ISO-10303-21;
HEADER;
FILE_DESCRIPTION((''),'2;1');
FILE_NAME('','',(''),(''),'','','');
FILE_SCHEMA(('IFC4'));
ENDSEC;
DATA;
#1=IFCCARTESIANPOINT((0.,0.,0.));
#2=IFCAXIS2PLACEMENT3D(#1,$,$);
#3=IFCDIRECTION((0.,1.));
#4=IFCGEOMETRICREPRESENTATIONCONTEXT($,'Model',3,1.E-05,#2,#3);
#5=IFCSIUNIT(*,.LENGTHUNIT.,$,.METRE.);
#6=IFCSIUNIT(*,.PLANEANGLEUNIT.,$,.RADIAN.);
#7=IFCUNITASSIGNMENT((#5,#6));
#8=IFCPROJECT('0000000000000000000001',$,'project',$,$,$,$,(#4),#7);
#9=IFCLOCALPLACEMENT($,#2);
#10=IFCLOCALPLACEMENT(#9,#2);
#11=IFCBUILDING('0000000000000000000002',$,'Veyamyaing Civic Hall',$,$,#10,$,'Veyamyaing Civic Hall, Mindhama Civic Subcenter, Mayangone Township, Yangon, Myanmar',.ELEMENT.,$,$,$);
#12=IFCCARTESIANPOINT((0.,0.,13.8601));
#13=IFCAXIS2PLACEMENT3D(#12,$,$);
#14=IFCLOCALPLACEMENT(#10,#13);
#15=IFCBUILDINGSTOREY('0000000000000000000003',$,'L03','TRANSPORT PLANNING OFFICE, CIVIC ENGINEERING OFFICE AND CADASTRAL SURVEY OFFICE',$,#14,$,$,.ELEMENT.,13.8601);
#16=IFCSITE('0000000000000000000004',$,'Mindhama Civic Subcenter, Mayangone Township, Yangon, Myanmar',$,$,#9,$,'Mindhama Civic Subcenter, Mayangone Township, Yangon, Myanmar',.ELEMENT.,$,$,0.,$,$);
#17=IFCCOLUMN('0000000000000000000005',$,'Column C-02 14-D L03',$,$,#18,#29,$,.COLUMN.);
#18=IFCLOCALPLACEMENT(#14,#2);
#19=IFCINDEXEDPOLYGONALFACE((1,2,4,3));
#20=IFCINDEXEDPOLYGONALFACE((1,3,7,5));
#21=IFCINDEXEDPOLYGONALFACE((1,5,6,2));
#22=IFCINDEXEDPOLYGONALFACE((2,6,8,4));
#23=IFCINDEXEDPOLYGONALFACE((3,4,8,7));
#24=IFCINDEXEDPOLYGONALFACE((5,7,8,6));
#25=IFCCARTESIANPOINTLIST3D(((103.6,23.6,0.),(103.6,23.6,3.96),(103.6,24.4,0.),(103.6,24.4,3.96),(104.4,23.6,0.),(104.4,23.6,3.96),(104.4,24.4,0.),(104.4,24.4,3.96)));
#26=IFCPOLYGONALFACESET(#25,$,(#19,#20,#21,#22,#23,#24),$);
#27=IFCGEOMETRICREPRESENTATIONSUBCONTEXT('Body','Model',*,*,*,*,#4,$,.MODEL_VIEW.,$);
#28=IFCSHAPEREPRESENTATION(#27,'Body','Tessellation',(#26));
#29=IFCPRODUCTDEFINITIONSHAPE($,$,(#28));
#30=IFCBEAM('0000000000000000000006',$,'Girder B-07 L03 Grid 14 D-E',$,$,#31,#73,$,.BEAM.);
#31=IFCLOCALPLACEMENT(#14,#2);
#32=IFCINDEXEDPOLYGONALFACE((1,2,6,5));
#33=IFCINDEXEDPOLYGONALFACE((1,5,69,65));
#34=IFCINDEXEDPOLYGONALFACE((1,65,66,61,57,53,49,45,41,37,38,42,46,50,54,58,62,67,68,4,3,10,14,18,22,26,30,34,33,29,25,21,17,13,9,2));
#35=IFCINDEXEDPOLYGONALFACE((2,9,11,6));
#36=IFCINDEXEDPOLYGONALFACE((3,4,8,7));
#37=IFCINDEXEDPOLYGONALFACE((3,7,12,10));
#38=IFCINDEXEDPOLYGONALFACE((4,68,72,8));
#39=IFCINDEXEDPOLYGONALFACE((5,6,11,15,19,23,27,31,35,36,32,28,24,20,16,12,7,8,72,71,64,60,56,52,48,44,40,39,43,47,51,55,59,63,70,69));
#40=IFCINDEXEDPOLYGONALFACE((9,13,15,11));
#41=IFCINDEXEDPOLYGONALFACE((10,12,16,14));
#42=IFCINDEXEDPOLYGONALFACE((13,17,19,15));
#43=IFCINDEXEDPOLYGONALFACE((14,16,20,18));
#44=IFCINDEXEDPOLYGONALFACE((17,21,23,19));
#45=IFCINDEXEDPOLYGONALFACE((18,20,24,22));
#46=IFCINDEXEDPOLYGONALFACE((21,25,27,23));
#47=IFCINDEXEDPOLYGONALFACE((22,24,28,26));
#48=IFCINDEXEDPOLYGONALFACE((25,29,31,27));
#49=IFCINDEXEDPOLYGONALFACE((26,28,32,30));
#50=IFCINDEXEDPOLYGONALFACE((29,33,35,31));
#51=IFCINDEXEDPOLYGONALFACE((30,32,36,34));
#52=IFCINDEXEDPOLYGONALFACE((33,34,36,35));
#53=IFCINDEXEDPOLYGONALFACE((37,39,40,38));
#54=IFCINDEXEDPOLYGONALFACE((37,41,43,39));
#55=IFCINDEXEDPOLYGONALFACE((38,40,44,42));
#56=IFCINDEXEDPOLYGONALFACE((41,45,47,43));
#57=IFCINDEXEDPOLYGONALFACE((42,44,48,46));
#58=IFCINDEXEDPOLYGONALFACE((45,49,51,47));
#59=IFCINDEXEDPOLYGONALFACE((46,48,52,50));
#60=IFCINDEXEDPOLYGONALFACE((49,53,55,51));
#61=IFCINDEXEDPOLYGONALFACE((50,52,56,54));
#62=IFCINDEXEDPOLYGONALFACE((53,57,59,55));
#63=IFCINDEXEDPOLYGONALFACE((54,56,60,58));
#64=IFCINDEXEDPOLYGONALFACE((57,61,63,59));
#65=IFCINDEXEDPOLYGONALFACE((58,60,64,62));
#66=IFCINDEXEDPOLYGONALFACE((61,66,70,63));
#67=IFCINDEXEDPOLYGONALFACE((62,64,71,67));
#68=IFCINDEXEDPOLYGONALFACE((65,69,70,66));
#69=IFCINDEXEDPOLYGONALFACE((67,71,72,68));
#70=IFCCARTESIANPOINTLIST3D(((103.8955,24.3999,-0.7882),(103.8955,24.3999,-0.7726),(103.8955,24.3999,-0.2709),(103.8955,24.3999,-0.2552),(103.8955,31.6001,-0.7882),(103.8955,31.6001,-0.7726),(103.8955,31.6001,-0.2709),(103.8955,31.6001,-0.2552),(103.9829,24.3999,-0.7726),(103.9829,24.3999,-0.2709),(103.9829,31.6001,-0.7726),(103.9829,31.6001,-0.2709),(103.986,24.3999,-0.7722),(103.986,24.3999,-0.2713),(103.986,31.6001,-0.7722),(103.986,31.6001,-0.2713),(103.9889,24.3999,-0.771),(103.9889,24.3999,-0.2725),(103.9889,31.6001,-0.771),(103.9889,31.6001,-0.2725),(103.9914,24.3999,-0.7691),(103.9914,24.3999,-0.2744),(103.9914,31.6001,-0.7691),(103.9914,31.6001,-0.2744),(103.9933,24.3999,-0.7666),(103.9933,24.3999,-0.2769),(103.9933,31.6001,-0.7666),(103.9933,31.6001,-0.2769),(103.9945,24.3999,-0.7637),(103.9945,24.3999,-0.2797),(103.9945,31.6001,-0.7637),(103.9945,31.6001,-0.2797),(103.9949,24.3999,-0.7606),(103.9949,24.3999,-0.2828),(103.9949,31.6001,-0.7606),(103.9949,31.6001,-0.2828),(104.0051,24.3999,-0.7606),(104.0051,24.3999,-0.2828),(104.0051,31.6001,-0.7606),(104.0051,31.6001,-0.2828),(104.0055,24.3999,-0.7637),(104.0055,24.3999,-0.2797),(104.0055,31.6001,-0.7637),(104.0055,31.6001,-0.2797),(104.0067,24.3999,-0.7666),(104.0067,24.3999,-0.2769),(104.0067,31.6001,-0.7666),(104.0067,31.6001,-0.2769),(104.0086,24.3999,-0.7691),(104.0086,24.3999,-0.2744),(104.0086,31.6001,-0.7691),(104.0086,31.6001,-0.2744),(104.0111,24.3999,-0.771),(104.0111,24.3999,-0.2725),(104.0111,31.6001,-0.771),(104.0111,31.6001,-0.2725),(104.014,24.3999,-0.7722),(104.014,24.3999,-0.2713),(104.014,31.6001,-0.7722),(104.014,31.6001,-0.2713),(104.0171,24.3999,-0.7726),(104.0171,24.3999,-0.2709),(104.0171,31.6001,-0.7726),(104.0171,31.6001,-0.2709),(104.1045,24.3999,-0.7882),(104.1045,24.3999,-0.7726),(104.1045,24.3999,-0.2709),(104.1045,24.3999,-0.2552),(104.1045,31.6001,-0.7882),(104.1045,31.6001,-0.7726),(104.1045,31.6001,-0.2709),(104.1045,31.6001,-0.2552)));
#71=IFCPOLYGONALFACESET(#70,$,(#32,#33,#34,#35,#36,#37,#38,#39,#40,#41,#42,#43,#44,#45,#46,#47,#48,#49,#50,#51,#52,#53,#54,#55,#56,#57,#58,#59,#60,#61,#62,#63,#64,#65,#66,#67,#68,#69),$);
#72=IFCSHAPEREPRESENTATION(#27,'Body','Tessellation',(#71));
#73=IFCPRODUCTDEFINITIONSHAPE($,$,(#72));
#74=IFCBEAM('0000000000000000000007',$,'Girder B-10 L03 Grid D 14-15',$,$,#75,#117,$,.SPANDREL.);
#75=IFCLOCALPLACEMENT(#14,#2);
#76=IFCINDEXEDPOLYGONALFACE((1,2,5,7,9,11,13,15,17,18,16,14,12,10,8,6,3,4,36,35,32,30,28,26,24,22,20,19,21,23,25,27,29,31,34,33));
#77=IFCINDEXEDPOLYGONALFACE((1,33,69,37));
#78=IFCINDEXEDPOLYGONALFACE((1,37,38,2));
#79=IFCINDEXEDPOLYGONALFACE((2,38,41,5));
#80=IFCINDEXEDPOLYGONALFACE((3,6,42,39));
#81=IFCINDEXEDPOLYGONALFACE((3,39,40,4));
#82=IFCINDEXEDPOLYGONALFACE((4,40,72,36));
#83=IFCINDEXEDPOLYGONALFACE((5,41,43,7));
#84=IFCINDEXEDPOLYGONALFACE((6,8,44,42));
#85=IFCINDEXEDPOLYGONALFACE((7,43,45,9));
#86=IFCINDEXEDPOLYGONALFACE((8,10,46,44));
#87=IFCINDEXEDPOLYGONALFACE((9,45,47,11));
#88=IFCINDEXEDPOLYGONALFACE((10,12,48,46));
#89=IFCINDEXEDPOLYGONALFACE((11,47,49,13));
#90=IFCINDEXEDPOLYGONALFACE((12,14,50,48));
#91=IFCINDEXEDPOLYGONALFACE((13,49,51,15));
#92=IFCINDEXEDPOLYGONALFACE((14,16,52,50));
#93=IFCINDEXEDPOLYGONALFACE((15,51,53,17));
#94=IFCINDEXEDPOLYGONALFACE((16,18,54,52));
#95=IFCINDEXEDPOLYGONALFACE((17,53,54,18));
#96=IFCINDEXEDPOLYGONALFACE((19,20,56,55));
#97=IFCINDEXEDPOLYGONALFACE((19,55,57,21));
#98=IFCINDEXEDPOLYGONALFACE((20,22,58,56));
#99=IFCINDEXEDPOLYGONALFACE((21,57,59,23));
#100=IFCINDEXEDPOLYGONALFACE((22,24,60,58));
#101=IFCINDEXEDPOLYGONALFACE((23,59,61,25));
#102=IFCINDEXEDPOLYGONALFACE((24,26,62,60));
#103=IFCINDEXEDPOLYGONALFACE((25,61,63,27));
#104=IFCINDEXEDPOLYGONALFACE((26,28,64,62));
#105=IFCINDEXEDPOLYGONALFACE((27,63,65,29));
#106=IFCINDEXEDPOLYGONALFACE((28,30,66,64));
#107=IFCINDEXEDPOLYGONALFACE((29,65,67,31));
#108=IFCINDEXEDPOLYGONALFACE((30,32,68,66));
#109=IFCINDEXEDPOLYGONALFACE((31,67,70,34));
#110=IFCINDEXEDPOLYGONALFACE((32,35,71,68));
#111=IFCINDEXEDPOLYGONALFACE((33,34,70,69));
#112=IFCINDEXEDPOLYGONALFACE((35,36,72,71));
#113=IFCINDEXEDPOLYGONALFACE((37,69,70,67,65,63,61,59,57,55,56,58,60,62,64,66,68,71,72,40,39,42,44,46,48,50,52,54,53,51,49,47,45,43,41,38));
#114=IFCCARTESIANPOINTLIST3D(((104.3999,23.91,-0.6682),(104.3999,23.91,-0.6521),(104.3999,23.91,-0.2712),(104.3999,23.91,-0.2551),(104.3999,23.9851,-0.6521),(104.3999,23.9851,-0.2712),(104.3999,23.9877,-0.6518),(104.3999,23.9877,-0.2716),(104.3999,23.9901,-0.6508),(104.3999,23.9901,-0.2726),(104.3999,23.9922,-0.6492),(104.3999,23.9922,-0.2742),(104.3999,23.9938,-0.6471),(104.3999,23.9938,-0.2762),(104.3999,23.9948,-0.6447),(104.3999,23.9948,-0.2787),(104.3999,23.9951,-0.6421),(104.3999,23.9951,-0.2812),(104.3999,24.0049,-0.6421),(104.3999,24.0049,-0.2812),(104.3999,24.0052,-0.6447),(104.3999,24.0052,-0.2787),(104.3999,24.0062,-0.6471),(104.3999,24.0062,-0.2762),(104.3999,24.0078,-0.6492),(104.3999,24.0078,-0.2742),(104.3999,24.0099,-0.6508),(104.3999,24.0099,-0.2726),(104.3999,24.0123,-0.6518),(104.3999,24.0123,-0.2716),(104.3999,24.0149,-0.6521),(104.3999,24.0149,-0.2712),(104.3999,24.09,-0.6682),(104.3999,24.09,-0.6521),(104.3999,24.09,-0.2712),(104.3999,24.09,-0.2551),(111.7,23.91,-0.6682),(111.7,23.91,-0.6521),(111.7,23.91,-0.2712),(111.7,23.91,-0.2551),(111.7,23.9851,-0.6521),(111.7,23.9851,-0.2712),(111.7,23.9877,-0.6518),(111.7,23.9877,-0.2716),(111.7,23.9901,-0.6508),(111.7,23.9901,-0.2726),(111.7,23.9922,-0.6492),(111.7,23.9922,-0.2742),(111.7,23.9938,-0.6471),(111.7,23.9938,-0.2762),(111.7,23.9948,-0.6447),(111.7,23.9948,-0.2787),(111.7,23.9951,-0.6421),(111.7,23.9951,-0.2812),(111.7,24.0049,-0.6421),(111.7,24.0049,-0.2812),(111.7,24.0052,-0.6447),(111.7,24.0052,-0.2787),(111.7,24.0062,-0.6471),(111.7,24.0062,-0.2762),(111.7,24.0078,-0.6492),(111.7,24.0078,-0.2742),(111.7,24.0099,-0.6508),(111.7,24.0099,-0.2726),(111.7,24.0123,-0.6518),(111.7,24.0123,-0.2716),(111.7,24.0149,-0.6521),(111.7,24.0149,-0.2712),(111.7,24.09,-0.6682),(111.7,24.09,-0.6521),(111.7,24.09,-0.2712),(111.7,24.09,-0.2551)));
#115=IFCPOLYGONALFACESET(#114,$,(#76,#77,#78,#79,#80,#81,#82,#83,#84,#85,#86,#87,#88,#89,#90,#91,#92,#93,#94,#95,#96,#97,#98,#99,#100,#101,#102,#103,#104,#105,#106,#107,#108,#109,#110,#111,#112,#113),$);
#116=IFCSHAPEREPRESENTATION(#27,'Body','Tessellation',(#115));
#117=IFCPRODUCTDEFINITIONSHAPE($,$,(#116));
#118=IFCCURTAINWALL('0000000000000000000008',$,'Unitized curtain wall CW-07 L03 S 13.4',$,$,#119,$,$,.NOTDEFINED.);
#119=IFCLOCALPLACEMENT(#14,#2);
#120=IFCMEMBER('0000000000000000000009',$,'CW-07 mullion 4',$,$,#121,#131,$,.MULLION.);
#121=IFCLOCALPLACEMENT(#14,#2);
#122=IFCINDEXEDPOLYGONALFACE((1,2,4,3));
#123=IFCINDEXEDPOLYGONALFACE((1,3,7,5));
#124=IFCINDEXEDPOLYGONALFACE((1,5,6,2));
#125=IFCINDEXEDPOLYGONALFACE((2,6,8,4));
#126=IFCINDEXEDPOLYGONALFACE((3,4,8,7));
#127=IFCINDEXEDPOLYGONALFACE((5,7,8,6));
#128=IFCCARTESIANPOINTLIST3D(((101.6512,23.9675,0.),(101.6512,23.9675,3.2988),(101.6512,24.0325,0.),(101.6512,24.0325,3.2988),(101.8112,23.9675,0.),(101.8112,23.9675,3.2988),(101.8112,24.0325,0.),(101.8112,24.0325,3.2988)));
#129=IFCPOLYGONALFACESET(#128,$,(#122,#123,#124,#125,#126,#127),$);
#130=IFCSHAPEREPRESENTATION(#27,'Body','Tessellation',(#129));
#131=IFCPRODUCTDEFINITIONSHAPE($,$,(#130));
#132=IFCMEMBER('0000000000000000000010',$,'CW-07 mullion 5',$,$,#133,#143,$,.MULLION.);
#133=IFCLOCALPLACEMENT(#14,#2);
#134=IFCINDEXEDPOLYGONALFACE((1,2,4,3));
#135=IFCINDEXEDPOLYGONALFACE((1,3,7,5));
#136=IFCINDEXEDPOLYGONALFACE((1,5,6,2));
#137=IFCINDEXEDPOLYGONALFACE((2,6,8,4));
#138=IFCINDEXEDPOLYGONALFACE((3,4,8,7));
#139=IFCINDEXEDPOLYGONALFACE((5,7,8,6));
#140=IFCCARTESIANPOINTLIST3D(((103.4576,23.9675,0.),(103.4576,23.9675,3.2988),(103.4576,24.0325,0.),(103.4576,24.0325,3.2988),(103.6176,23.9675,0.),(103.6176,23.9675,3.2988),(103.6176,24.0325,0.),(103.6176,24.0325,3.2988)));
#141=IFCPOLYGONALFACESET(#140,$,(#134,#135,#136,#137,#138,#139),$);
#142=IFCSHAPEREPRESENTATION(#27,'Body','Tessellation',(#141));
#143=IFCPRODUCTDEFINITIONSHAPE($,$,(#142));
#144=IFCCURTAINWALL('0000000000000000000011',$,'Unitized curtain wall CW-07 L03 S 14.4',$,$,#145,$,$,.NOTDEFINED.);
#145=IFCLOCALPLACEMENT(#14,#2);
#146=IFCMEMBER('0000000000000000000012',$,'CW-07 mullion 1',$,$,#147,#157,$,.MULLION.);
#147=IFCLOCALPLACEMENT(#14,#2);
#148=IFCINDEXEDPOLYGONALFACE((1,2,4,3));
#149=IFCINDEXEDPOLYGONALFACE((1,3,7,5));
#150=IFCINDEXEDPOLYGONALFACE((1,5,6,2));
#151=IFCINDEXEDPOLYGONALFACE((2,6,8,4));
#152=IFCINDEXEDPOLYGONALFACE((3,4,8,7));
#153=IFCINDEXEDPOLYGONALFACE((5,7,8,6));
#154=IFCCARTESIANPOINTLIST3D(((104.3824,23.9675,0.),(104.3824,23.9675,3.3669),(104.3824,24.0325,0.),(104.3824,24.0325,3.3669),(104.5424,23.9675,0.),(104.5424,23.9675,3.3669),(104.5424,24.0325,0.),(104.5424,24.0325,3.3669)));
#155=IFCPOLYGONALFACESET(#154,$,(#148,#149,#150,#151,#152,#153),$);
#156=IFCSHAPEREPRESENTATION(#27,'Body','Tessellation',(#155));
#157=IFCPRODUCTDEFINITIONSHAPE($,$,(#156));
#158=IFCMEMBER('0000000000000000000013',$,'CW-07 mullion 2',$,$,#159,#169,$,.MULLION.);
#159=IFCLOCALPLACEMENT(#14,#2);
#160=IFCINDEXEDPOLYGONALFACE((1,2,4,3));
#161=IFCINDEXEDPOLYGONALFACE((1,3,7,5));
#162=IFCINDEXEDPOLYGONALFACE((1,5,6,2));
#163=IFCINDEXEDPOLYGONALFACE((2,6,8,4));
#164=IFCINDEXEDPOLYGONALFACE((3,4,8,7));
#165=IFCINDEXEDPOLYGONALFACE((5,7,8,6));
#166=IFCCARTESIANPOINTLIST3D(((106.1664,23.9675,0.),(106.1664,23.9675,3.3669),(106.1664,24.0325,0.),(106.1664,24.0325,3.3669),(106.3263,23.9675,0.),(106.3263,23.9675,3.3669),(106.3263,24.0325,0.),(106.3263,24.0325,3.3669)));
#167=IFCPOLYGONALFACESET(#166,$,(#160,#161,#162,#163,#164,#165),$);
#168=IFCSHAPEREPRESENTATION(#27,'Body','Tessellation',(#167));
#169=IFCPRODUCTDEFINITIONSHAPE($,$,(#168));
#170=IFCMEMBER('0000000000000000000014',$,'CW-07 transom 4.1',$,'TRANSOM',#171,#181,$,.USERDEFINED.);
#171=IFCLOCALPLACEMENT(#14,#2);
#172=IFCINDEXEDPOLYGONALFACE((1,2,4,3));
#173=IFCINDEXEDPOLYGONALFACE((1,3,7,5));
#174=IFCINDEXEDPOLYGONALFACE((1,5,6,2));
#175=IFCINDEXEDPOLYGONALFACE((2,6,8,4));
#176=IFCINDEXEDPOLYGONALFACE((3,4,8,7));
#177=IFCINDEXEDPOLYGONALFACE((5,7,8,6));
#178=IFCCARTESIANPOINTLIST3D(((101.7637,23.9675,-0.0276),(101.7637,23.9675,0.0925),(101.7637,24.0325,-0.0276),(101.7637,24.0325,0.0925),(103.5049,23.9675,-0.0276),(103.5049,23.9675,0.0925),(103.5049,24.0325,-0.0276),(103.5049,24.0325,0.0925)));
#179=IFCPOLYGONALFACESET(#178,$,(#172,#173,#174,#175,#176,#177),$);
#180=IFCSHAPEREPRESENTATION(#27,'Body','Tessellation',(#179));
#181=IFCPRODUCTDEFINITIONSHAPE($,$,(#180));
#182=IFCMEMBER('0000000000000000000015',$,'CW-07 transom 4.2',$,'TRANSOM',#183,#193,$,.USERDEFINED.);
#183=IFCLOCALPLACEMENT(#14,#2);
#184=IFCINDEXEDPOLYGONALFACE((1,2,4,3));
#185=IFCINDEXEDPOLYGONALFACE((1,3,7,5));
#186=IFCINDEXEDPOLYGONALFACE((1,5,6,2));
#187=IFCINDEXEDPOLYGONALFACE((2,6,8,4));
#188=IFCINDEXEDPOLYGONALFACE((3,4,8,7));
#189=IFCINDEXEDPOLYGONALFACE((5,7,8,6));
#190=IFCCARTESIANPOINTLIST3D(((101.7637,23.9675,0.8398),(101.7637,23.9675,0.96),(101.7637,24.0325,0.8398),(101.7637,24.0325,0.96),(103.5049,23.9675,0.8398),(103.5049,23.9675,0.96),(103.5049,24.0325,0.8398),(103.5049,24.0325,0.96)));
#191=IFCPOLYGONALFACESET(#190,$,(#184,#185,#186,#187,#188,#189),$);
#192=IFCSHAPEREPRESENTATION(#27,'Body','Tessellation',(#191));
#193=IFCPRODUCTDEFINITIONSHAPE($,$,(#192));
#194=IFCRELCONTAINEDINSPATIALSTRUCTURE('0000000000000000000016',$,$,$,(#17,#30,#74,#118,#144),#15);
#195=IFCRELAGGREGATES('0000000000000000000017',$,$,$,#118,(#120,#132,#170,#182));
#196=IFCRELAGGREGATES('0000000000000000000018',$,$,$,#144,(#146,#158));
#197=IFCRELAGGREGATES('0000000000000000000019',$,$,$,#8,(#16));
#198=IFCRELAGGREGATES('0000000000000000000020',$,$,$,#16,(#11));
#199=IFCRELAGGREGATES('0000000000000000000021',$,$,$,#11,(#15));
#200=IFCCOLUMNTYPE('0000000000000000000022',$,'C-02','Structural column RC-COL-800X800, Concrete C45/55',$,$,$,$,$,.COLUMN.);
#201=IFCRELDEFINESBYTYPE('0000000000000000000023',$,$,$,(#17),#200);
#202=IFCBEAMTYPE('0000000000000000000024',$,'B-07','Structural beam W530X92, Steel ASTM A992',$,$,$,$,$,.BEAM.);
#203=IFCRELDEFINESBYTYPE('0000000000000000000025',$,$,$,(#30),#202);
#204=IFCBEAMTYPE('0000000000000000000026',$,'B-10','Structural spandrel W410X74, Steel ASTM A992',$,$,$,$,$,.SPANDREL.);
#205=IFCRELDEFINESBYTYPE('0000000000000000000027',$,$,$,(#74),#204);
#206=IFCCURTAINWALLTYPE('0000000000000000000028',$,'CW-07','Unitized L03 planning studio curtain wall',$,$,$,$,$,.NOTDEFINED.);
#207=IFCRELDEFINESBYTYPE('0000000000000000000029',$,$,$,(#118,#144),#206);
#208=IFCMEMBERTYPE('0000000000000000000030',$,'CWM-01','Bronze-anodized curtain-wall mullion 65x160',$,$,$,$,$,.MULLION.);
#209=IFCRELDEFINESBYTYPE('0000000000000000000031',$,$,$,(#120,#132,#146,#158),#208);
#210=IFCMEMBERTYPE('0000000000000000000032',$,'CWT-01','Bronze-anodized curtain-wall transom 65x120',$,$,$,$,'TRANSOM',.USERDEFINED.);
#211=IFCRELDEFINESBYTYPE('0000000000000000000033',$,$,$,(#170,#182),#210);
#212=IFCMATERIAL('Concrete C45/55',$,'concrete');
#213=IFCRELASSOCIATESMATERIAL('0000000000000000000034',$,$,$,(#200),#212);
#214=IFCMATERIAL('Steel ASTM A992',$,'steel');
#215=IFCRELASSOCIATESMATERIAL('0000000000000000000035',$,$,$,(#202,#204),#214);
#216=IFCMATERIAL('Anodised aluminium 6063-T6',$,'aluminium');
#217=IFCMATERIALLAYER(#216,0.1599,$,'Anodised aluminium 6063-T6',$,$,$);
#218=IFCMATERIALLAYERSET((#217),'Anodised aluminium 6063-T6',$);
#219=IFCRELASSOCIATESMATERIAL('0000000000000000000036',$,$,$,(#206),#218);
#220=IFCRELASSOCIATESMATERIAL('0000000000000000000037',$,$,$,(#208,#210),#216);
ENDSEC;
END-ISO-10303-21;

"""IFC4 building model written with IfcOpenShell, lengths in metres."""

from ifc_helpers import new_model, si_unit, direction, frame, origin, origin_2d, place, context, subcontext, project, spatial, rectangle, i_section, extrude, material, layer, layer_set, material_profile, profile_set, type_object, element, aggregate, save


model = new_model("IFC4")

# Units and contexts
model_context = context("Model", 3, precision=1e-05, world=origin(), true_north=direction((0.0, 1.0)))
body_context = subcontext(model_context, "Body", "Model", "MODEL_VIEW")
ifc_project = project(units=[si_unit("LENGTHUNIT", "METRE"), si_unit("PLANEANGLEUNIT", "RADIAN")], contexts=[model_context])

# Site, building, storey
site_placement = place(None, origin())
site = spatial("IfcSite", under=ifc_project, at=site_placement, Name="Mindhama Civic Subcenter, Mayangone Township, Yangon, Myanmar", LongName="Mindhama Civic Subcenter, Mayangone Township, Yangon, Myanmar", CompositionType="ELEMENT", RefElevation=0.0)
building_placement = place(site_placement, origin())
building = spatial("IfcBuilding", under=site, at=building_placement, Name="Veyamyaing Civic Hall", LongName="Veyamyaing Civic Hall, Mindhama Civic Subcenter, Mayangone Township, Yangon, Myanmar", CompositionType="ELEMENT")
storey_placement = place(building_placement, frame((0.0, 0.0, 13.8601)))
storey = spatial("IfcBuildingStorey", under=building, at=storey_placement, Name="L03", Description="TRANSPORT PLANNING OFFICE, CIVIC ENGINEERING OFFICE AND CADASTRAL SURVEY OFFICE", CompositionType="ELEMENT", Elevation=13.8601)

# Column
ifc_material_1 = material(Name="Concrete C45/55", Category="concrete")
ifc_material_profile_1 = material_profile(ifc_material_1, rectangle(XDim=0.8, YDim=0.8, at=origin_2d()), Name="RC-COL-800X800")
ifc_profile_set_1 = profile_set([ifc_material_profile_1], Name="Concrete C45/55")
column_type = type_object("IfcColumnType", Name="C-02", Description="Structural column RC-COL-800X800, Concrete C45/55", PredefinedType="COLUMN", material=ifc_profile_set_1)
column_placement = place(storey_placement, frame((104.0, 24.0, 0.0), z_axis=(0.0, 0.0, 1.0), x_axis=(1.0, 0.0, 0.0)))
element("IfcColumn", 1, at=column_placement, inside=storey, type_object=column_type, Name="Column C-02 14-D L03", PredefinedType="COLUMN", context=body_context, shape_type="SweptSolid", body=[
    extrude(rectangle(XDim=0.8, YDim=0.8, at=origin_2d()), origin(), (0.0, 0.0, 1.0), 3.96),
])

# Beams
ifc_material_2 = material(Name="Steel ASTM A992", Category="steel")
ifc_material_profile_2 = material_profile(ifc_material_2, i_section(OverallWidth=0.209, OverallDepth=0.533, WebThickness=0.0103, FlangeThickness=0.0156, FilletRadius=0.012, at=origin_2d()), Name="W530X92")
ifc_profile_set_2 = profile_set([ifc_material_profile_2], Name="Steel ASTM A992")
beam_type_1 = type_object("IfcBeamType", Name="B-07", Description="Structural beam W530X92, Steel ASTM A992", PredefinedType="BEAM", material=ifc_profile_set_2)
beam_1_placement = place(storey_placement, frame((104.0, 24.3999, -0.5217), z_axis=(0.0, 1.0, 0.0), x_axis=(-1.0, 0.0, 0.0)))
element("IfcBeam", 2, at=beam_1_placement, inside=storey, type_object=beam_type_1, Name="Girder B-07 L03 Grid 14 D-E", PredefinedType="BEAM", context=body_context, shape_type="SweptSolid", body=[
    extrude(i_section(OverallWidth=0.209, OverallDepth=0.533, WebThickness=0.0103, FlangeThickness=0.0156, FilletRadius=0.012, at=origin_2d()), origin(), (0.0, 0.0, 1.0), 7.2002),
])
ifc_material_profile_3 = material_profile(ifc_material_2, i_section(OverallWidth=0.1799, OverallDepth=0.4131, WebThickness=0.0098, FlangeThickness=0.0161, FilletRadius=0.01, at=origin_2d()), Name="W410X74")
ifc_profile_set_3 = profile_set([ifc_material_profile_3], Name="Steel ASTM A992")
beam_type_2 = type_object("IfcBeamType", Name="B-10", Description="Structural spandrel W410X74, Steel ASTM A992", PredefinedType="SPANDREL", material=ifc_profile_set_3)
beam_2_placement = place(storey_placement, frame((104.3999, 24.0, -0.4617), z_axis=(1.0, 0.0, 0.0), x_axis=(0.0, 1.0, 0.0)))
element("IfcBeam", 3, at=beam_2_placement, inside=storey, type_object=beam_type_2, Name="Girder B-10 L03 Grid D 14-15", PredefinedType="SPANDREL", context=body_context, shape_type="SweptSolid", body=[
    extrude(i_section(OverallWidth=0.1799, OverallDepth=0.4131, WebThickness=0.0098, FlangeThickness=0.0161, FilletRadius=0.01, at=origin_2d()), origin(), (0.0, 0.0, 1.0), 7.3),
])

# Curtain walls, members
ifc_material_3 = material(Name="Anodised aluminium 6063-T6", Category="aluminium")
ifc_layer_1 = layer(ifc_material_3, 0.1599, Name="Anodised aluminium 6063-T6")
ifc_layer_set_1 = layer_set([ifc_layer_1], Name="Anodised aluminium 6063-T6")
curtain_wall_type = type_object("IfcCurtainWallType", Name="CW-07", Description="Unitized L03 planning studio curtain wall", PredefinedType="NOTDEFINED", material=ifc_layer_set_1)
curtain_wall_1_placement = place(storey_placement, origin())
curtain_wall_1 = element("IfcCurtainWall", 4, at=curtain_wall_1_placement, inside=storey, type_object=curtain_wall_type, Name="Unitized curtain wall CW-07 L03 S 13.4", PredefinedType="NOTDEFINED")
ifc_material_profile_4 = material_profile(ifc_material_3, rectangle(XDim=0.0649, YDim=0.1599, at=origin_2d()), Name="ALU-MUL-65X160")
ifc_profile_set_4 = profile_set([ifc_material_profile_4], Name="Anodised aluminium 6063-T6")
member_type_1 = type_object("IfcMemberType", Name="CWM-01", Description="Bronze-anodized curtain-wall mullion 65x160", PredefinedType="MULLION", material=ifc_profile_set_4)
member_1_placement = place(storey_placement, frame((101.7312, 24.0, 0.0), z_axis=(0.0, 0.0, 1.0), x_axis=(0.0, 1.0, 0.0)))
member_1 = element("IfcMember", 5, at=member_1_placement, type_object=member_type_1, Name="CW-07 mullion 4", PredefinedType="MULLION", context=body_context, shape_type="SweptSolid", body=[
    extrude(rectangle(XDim=0.0649, YDim=0.1599, at=origin_2d()), origin(), (0.0, 0.0, 1.0), 3.2988),
])
member_2_placement = place(storey_placement, frame((103.5376, 24.0, 0.0), z_axis=(0.0, 0.0, 1.0), x_axis=(0.0, 1.0, 0.0)))
member_2 = element("IfcMember", 6, at=member_2_placement, type_object=member_type_1, Name="CW-07 mullion 5", PredefinedType="MULLION", context=body_context, shape_type="SweptSolid", body=[
    extrude(rectangle(XDim=0.0649, YDim=0.1599, at=origin_2d()), origin(), (0.0, 0.0, 1.0), 3.2988),
])
curtain_wall_2_placement = place(storey_placement, origin())
curtain_wall_2 = element("IfcCurtainWall", 7, at=curtain_wall_2_placement, inside=storey, type_object=curtain_wall_type, Name="Unitized curtain wall CW-07 L03 S 14.4", PredefinedType="NOTDEFINED")
member_3_placement = place(storey_placement, frame((104.4624, 24.0, 0.0), z_axis=(0.0, 0.0, 1.0), x_axis=(0.0, 1.0, 0.0)))
member_3 = element("IfcMember", 8, at=member_3_placement, type_object=member_type_1, Name="CW-07 mullion 1", PredefinedType="MULLION", context=body_context, shape_type="SweptSolid", body=[
    extrude(rectangle(XDim=0.0649, YDim=0.1599, at=origin_2d()), origin(), (0.0, 0.0, 1.0), 3.3669),
])
member_4_placement = place(storey_placement, frame((106.2463, 24.0, 0.0), z_axis=(0.0, 0.0, 1.0), x_axis=(0.0, 1.0, 0.0)))
member_4 = element("IfcMember", 9, at=member_4_placement, type_object=member_type_1, Name="CW-07 mullion 2", PredefinedType="MULLION", context=body_context, shape_type="SweptSolid", body=[
    extrude(rectangle(XDim=0.0649, YDim=0.1599, at=origin_2d()), origin(), (0.0, 0.0, 1.0), 3.3669),
])

# Members
ifc_material_profile_5 = material_profile(ifc_material_3, rectangle(XDim=0.0649, YDim=0.1201, at=origin_2d()), Name="ALU-TRN-65X120")
ifc_profile_set_5 = profile_set([ifc_material_profile_5], Name="Anodised aluminium 6063-T6")
member_type_2 = type_object("IfcMemberType", Name="CWT-01", Description="Bronze-anodized curtain-wall transom 65x120", ElementType="TRANSOM", PredefinedType="USERDEFINED", material=ifc_profile_set_5)
member_5_placement = place(storey_placement, frame((101.7637, 24.0, 0.0325), z_axis=(1.0, 0.0, 0.0), x_axis=(0.0, 1.0, 0.0)))
member_5 = element("IfcMember", 10, at=member_5_placement, type_object=member_type_2, Name="CW-07 transom 4.1", ObjectType="TRANSOM", PredefinedType="USERDEFINED", context=body_context, shape_type="SweptSolid", body=[
    extrude(rectangle(XDim=0.0649, YDim=0.1201, at=origin_2d()), origin(), (0.0, 0.0, 1.0), 1.7412),
])
member_6_placement = place(storey_placement, frame((101.7637, 24.0, 0.8999), z_axis=(1.0, 0.0, 0.0), x_axis=(0.0, 1.0, 0.0)))
member_6 = element("IfcMember", 11, at=member_6_placement, type_object=member_type_2, Name="CW-07 transom 4.2", ObjectType="TRANSOM", PredefinedType="USERDEFINED", context=body_context, shape_type="SweptSolid", body=[
    extrude(rectangle(XDim=0.0649, YDim=0.1201, at=origin_2d()), origin(), (0.0, 0.0, 1.0), 1.7412),
])

aggregate(curtain_wall_1, [member_1, member_2, member_5, member_6])
aggregate(curtain_wall_2, [member_3, member_4])

save(model, "model.ifc")
